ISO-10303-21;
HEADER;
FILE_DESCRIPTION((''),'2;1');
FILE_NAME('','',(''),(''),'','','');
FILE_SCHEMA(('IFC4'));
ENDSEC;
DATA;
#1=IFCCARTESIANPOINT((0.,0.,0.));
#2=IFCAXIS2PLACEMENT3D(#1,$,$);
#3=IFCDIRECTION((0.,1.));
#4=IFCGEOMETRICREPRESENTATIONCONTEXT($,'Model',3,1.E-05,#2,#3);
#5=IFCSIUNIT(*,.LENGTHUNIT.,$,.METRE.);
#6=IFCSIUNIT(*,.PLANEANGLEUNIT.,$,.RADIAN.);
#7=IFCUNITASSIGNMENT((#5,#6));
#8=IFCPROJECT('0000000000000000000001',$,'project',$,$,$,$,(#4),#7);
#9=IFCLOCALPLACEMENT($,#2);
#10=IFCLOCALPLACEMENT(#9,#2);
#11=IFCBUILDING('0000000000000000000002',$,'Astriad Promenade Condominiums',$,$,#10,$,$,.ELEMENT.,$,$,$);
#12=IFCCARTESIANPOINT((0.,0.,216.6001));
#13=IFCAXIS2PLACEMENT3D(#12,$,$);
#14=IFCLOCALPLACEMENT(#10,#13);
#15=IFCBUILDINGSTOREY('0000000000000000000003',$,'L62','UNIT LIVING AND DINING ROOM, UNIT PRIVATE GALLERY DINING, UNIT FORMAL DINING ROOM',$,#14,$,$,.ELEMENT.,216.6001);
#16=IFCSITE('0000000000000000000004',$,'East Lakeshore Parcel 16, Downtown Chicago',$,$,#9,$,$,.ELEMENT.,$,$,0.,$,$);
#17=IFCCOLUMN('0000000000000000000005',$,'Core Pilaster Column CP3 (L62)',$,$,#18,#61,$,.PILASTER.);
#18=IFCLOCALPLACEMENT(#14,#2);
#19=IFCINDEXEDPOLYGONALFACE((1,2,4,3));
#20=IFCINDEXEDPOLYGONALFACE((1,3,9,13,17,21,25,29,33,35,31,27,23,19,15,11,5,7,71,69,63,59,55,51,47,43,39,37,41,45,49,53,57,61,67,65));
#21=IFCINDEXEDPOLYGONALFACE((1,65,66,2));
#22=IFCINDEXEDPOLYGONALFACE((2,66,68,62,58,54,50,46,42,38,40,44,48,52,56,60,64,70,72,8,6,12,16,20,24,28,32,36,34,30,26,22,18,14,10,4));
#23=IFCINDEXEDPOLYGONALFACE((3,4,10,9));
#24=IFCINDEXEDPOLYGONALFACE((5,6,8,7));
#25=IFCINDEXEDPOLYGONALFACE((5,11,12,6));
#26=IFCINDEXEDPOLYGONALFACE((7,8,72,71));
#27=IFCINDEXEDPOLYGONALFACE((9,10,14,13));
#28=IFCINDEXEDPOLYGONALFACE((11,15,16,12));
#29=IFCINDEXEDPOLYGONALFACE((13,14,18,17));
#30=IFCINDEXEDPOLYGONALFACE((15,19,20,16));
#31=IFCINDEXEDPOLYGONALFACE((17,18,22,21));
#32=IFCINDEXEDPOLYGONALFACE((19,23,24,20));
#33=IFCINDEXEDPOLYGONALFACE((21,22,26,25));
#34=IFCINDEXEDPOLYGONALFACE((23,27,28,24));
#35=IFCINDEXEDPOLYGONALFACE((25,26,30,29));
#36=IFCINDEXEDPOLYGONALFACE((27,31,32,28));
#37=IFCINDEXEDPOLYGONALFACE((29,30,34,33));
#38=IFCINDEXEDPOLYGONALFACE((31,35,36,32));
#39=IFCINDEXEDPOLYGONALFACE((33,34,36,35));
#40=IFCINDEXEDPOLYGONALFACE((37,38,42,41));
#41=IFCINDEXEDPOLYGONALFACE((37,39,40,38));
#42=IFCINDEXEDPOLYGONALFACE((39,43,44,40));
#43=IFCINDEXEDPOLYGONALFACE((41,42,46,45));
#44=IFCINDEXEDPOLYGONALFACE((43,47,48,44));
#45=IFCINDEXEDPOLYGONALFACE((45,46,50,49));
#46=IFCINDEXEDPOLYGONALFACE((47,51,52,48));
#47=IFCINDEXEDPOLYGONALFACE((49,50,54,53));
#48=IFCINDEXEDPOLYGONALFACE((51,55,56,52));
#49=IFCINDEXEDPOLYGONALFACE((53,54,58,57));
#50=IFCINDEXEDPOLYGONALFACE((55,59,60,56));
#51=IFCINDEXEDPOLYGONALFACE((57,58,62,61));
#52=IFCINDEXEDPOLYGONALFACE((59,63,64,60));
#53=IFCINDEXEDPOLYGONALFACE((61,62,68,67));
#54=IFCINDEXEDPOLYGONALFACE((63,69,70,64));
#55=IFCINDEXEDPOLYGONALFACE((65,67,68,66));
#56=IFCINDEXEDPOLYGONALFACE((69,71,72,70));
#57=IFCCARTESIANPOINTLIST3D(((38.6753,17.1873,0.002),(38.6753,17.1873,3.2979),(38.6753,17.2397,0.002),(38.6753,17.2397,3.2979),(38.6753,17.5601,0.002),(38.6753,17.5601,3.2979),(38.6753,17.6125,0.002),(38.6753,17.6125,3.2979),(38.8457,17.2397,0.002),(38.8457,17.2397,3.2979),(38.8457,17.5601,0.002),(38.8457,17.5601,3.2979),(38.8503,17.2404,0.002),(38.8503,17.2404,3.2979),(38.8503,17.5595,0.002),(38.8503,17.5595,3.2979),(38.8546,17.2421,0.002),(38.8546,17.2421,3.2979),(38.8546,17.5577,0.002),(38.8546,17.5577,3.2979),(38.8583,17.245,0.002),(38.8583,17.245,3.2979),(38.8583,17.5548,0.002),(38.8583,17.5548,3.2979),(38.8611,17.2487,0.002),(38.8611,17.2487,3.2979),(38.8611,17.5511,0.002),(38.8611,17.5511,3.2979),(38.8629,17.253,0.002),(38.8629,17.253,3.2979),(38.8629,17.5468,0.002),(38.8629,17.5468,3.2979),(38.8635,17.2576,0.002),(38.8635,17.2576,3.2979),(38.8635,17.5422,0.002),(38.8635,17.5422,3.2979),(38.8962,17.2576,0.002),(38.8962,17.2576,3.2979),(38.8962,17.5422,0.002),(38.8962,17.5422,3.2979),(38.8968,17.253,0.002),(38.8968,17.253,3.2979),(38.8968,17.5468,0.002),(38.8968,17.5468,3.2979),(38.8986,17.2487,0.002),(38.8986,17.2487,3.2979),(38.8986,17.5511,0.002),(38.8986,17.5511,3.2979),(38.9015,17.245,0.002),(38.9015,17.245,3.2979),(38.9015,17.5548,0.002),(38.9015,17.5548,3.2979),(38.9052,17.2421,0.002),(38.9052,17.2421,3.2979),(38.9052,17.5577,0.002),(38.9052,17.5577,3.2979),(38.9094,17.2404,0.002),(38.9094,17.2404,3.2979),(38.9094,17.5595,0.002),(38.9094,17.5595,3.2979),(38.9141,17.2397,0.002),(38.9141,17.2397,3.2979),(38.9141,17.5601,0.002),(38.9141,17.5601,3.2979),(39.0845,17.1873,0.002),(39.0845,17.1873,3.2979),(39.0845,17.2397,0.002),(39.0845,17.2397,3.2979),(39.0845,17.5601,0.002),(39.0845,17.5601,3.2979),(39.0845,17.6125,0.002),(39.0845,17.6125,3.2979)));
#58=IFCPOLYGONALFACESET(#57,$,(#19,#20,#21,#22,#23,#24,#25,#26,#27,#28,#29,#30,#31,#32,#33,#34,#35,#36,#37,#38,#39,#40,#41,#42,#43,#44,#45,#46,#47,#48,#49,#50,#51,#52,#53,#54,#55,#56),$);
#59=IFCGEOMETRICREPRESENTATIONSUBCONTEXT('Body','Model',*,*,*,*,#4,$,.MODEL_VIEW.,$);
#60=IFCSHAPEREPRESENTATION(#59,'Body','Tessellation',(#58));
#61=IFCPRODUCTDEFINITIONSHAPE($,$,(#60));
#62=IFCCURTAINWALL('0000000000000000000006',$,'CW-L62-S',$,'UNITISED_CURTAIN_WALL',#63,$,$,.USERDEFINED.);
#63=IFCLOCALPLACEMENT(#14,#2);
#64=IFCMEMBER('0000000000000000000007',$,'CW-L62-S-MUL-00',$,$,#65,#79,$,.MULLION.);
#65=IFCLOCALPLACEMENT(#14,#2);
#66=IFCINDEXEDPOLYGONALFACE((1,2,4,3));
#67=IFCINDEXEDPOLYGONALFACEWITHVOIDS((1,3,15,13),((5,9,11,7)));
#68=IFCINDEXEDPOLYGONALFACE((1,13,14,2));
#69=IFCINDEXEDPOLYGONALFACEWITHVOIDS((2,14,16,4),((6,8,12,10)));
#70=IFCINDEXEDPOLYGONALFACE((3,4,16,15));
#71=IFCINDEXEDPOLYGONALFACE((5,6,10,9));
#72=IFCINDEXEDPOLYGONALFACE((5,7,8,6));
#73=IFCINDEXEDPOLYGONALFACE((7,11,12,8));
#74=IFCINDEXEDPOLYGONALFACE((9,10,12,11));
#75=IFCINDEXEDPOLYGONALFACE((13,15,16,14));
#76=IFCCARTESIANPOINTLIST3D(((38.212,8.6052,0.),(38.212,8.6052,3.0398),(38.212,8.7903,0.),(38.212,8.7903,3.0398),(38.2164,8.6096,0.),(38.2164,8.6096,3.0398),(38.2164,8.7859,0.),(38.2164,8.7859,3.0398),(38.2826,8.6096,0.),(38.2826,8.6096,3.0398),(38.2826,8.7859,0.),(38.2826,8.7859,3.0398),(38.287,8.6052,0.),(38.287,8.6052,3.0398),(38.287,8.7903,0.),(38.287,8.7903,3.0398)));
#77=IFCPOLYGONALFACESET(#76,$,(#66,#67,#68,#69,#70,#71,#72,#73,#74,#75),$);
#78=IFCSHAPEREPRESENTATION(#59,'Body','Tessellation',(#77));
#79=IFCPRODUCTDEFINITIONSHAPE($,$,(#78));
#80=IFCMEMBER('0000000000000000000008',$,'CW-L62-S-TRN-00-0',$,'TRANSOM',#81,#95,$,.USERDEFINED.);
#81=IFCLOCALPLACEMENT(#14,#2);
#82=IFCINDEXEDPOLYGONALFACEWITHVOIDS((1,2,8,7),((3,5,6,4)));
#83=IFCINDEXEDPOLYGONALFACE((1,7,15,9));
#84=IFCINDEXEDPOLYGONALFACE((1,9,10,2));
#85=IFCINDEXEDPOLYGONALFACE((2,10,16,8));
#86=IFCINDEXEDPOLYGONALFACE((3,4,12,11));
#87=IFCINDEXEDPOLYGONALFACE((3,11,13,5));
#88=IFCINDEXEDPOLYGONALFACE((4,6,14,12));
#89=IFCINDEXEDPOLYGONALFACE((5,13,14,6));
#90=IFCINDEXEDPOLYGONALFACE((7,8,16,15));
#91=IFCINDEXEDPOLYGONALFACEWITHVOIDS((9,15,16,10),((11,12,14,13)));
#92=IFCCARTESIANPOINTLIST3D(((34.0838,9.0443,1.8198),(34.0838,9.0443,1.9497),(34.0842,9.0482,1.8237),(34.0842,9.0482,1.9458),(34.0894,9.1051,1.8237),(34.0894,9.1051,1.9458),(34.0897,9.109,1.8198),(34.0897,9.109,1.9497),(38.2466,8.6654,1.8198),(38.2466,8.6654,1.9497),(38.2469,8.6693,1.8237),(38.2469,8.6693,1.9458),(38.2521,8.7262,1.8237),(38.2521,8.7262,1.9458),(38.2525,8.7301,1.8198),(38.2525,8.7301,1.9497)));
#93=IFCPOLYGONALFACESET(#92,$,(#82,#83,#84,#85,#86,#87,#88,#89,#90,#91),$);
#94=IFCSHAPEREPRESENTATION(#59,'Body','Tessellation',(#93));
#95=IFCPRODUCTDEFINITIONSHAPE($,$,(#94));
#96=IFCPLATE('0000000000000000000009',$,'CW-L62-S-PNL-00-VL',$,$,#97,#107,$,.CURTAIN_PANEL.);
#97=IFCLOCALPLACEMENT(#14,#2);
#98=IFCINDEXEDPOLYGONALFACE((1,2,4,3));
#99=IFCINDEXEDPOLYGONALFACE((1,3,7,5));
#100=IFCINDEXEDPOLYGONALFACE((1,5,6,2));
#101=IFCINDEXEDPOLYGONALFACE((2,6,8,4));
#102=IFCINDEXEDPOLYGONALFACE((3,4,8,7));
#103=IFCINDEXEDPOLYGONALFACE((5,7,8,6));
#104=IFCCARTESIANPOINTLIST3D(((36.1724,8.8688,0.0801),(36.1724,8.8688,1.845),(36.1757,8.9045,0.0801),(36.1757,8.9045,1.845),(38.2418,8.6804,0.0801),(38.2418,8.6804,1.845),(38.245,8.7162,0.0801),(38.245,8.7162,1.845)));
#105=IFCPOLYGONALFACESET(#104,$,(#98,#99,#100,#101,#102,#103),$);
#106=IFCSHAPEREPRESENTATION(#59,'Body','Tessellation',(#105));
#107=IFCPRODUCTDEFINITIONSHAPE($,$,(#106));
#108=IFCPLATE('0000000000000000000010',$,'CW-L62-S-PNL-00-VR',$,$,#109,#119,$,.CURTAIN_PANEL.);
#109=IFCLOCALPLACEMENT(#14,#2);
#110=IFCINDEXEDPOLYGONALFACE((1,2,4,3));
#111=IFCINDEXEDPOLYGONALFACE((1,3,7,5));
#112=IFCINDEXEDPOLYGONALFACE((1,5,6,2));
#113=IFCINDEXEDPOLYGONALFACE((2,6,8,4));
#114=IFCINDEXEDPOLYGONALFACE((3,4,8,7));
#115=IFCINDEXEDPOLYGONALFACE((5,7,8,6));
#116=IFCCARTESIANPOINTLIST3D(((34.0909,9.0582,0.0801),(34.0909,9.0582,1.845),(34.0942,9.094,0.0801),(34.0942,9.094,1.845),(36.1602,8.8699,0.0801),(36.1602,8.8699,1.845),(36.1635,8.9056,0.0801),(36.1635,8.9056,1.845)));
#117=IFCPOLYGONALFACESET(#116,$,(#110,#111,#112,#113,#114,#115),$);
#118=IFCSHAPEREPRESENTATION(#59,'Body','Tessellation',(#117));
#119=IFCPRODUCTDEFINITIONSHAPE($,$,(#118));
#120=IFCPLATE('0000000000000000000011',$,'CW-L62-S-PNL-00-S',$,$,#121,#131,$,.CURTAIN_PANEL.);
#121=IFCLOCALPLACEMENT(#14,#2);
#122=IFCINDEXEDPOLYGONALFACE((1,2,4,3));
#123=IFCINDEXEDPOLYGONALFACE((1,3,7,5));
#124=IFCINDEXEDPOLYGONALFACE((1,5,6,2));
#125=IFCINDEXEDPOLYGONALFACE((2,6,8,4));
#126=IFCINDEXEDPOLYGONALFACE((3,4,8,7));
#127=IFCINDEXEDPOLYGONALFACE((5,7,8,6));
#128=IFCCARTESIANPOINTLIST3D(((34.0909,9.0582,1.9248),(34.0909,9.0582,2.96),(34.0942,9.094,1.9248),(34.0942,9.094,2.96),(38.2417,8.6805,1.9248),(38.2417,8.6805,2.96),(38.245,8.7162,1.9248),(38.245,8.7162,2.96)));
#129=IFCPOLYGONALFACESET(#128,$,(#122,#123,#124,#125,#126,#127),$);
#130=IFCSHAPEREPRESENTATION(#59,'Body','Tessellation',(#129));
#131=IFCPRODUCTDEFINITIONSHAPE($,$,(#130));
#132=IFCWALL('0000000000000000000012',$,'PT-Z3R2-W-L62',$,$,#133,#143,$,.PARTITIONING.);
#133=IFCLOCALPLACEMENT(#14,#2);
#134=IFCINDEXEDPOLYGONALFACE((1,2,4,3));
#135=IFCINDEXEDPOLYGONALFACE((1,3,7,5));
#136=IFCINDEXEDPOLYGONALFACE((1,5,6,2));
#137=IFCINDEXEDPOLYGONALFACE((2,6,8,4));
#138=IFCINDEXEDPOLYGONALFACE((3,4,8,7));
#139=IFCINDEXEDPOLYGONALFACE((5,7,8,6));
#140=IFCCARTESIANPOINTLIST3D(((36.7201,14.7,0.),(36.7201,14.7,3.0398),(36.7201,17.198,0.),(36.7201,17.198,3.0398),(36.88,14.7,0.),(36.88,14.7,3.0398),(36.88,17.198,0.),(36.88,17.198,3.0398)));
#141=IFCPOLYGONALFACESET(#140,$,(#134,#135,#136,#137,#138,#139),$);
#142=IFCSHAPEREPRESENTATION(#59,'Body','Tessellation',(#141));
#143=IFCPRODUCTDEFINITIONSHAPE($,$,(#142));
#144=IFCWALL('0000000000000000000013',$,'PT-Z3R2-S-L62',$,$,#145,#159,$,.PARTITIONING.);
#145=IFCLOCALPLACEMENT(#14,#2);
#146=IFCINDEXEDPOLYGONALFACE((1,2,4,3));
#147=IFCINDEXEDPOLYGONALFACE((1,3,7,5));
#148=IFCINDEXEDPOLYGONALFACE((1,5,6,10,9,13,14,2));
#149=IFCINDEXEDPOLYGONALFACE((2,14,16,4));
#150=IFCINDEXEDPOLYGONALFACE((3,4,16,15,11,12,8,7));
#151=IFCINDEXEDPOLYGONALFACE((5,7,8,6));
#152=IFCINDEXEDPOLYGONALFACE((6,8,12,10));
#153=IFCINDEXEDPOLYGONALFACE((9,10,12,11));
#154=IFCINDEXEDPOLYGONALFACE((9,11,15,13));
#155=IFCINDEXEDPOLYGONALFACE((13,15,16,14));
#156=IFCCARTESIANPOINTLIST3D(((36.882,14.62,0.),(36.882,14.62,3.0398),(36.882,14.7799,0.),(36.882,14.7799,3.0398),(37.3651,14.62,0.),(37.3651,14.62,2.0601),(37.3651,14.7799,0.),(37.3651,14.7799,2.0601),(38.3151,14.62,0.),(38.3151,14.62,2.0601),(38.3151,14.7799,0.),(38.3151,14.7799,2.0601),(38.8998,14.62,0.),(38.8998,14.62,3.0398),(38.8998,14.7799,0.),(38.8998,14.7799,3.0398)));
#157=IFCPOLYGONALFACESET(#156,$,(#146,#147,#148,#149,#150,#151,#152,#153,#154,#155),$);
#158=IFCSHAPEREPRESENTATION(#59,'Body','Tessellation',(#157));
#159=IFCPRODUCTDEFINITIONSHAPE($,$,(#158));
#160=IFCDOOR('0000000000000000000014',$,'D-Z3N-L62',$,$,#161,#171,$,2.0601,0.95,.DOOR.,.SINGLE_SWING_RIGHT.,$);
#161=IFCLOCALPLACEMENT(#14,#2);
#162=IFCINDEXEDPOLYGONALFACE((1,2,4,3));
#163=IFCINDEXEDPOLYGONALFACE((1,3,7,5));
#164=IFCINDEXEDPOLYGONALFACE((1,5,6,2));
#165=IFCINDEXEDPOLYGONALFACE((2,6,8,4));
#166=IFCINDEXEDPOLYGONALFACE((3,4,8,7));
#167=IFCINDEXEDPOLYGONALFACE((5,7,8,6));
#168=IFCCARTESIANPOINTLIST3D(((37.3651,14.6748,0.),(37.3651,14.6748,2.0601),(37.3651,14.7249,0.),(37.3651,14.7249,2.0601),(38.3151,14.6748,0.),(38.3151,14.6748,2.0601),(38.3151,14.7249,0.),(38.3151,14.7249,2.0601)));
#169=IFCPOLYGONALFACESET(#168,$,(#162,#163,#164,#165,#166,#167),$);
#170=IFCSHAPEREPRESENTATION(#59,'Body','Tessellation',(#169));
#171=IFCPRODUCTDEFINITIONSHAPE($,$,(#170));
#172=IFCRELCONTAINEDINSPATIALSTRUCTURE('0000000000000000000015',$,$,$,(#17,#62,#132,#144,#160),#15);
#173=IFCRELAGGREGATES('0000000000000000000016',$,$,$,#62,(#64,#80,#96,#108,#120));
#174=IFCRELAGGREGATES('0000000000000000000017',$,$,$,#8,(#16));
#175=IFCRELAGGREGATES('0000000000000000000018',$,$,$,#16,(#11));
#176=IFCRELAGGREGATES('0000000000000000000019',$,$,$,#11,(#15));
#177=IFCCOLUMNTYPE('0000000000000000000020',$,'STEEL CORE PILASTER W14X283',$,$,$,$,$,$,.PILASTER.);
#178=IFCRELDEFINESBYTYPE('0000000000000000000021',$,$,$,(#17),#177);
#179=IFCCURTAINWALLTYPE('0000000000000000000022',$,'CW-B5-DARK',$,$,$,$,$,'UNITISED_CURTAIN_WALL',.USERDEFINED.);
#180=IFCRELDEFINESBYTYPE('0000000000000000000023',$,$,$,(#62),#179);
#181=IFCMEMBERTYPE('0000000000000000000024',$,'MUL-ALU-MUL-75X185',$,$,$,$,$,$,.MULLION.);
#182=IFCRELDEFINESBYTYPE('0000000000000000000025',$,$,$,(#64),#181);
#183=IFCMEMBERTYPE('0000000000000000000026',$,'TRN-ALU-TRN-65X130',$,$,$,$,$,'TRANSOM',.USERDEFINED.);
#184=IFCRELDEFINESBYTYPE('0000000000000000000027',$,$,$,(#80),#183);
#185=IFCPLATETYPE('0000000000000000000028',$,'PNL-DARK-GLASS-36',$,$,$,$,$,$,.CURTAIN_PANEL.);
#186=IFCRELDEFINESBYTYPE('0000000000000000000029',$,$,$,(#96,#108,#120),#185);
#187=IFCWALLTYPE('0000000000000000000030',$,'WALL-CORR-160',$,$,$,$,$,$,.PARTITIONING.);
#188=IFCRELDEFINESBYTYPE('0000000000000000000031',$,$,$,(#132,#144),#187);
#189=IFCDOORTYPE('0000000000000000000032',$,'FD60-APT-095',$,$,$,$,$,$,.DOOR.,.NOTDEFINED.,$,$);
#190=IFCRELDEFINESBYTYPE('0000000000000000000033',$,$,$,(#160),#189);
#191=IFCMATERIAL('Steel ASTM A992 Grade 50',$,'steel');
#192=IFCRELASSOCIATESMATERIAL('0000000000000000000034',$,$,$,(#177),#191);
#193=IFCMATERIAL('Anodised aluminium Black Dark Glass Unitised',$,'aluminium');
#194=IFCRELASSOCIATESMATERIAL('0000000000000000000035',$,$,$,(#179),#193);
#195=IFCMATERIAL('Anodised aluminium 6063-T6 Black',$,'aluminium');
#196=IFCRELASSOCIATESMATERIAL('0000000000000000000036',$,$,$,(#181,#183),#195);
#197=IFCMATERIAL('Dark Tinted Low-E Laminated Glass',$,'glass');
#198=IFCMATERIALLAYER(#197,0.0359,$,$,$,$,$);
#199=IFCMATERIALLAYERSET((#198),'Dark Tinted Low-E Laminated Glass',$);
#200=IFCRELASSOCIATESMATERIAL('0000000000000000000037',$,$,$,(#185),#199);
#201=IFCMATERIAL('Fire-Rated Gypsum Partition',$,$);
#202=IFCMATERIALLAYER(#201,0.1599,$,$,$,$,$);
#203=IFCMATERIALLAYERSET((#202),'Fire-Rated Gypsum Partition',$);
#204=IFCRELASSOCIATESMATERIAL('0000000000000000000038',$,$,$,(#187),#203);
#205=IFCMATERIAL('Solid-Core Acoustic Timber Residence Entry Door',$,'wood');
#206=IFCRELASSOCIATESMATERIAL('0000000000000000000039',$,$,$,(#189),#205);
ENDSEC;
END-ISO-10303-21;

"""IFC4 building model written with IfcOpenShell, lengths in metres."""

from ifc_helpers import new_model, si_unit, direction, frame, frame_2d, origin, origin_2d, place, context, subcontext, project, spatial, rectangle, hollow_rectangle, i_section, extrude, source, transform, mapped, material, layer, layer_set, material_profile, profile_set, type_object, type_shapes, element, fill, aggregate, save


model = new_model("IFC4")

# Units and contexts
model_context = context("Model", 3, precision=1e-05, world=origin(), true_north=direction((0.0, 1.0)))
body_context = subcontext(model_context, "Body", "Model", "MODEL_VIEW")
ifc_project = project(units=[si_unit("LENGTHUNIT", "METRE"), si_unit("PLANEANGLEUNIT", "RADIAN")], contexts=[model_context])

# Site, building, storey
site_placement = place(None, origin())
site = spatial("IfcSite", under=ifc_project, at=site_placement, Name="East Lakeshore Parcel 16, Downtown Chicago", CompositionType="ELEMENT", RefElevation=0.0)
building_placement = place(site_placement, origin())
building = spatial("IfcBuilding", under=site, at=building_placement, Name="Astriad Promenade Condominiums", CompositionType="ELEMENT")
storey_placement = place(building_placement, frame((0.0, 0.0, 216.6001)))
storey = spatial("IfcBuildingStorey", under=building, at=storey_placement, Name="L62", Description="UNIT LIVING AND DINING ROOM, UNIT PRIVATE GALLERY DINING, UNIT FORMAL DINING ROOM", CompositionType="ELEMENT", Elevation=216.6001)

# Column
ifc_material_1 = material(Name="Steel ASTM A992 Grade 50", Category="steel")
ifc_material_profile_1 = material_profile(ifc_material_1, i_section(OverallWidth=0.4092, OverallDepth=0.4253, WebThickness=0.0327, FlangeThickness=0.0525, FilletRadius=0.0178, at=origin_2d()), Name="W14X283")
ifc_profile_set_1 = profile_set([ifc_material_profile_1], Name="Steel ASTM A992 Grade 50")
column_type = type_object("IfcColumnType", Name="STEEL CORE PILASTER W14X283", PredefinedType="PILASTER", material=ifc_profile_set_1)
shared_shape_1 = source(origin(), body_context, "Body", "SweptSolid", [
    extrude(i_section(OverallWidth=0.4092, OverallDepth=0.4253, WebThickness=0.0327, FlangeThickness=0.0525, FilletRadius=0.0178, at=origin_2d()), origin(), (0.0, 0.0, 1.0), 3.2959),
])
type_shapes(column_type, [shared_shape_1])
column_placement = place(storey_placement, frame((38.8799, 17.3999, 0.002), z_axis=(0.0, 0.0, 1.0), x_axis=(1.0, 0.0, 0.0)))
element("IfcColumn", 1, at=column_placement, inside=storey, type_object=column_type, Name="Core Pilaster Column CP3 (L62)", PredefinedType="PILASTER", context=body_context, shape_type="MappedRepresentation", body=[
    mapped(shared_shape_1, transform((0.0, 0.0, 0.0), scale=1.0)),
])

# Curtain wall, members, plates
ifc_material_2 = material(Name="Anodised aluminium Black Dark Glass Unitised", Category="aluminium")
curtain_wall_type = type_object("IfcCurtainWallType", Name="CW-B5-DARK", ElementType="UNITISED_CURTAIN_WALL", PredefinedType="USERDEFINED", material=ifc_material_2)
curtain_wall_placement = place(storey_placement, origin())
curtain_wall = element("IfcCurtainWall", 2, at=curtain_wall_placement, inside=storey, type_object=curtain_wall_type, Name="CW-L62-S", ObjectType="UNITISED_CURTAIN_WALL", PredefinedType="USERDEFINED")
ifc_material_3 = material(Name="Anodised aluminium 6063-T6 Black", Category="aluminium")
ifc_material_profile_2 = material_profile(ifc_material_3, hollow_rectangle(XDim=0.075, YDim=0.1851, WallThickness=0.0044, at=origin_2d()), Name="ALU-MUL-75X185")
ifc_profile_set_2 = profile_set([ifc_material_profile_2], Name="Anodised aluminium 6063-T6 Black")
member_type_1 = type_object("IfcMemberType", Name="MUL-ALU-MUL-75X185", PredefinedType="MULLION", material=ifc_profile_set_2)
shared_shape_2 = source(origin(), body_context, "Body", "SweptSolid", [
    extrude(hollow_rectangle(XDim=0.075, YDim=0.1851, WallThickness=0.0044, at=origin_2d()), origin(), (0.0, 0.0, 1.0), 3.0398),
])
type_shapes(member_type_1, [shared_shape_2])
member_1_placement = place(storey_placement, frame((38.2495, 8.6978, 0.0), z_axis=(0.0, 0.0, 1.0), x_axis=(1.0, 0.0, 0.0)))
member_1 = element("IfcMember", 3, at=member_1_placement, type_object=member_type_1, Name="CW-L62-S-MUL-00", PredefinedType="MULLION", context=body_context, shape_type="MappedRepresentation", body=[
    mapped(shared_shape_2, transform((0.0, 0.0, 0.0), scale=1.0)),
])
ifc_material_profile_3 = material_profile(ifc_material_3, hollow_rectangle(XDim=0.0649, YDim=0.1299, WallThickness=0.0039, at=origin_2d()), Name="ALU-TRN-65X130")
ifc_profile_set_3 = profile_set([ifc_material_profile_3], Name="Anodised aluminium 6063-T6 Black")
member_type_2 = type_object("IfcMemberType", Name="TRN-ALU-TRN-65X130", ElementType="TRANSOM", PredefinedType="USERDEFINED", material=ifc_profile_set_3)
shared_shape_3 = source(origin(), body_context, "Body", "SweptSolid", [
    extrude(hollow_rectangle(XDim=0.0649, YDim=0.1299, WallThickness=0.0039, at=origin_2d()), origin(), (0.0, 0.0, 1.0), 4.1799),
])
type_shapes(member_type_2, [shared_shape_3])
member_2_placement = place(storey_placement, frame((38.2495, 8.6978, 1.8848), z_axis=(-0.995883, 0.090646, 0.0), x_axis=(-0.090646, -0.995883, 0.0)))
member_2 = element("IfcMember", 4, at=member_2_placement, type_object=member_type_2, Name="CW-L62-S-TRN-00-0", ObjectType="TRANSOM", PredefinedType="USERDEFINED", context=body_context, shape_type="MappedRepresentation", body=[
    mapped(shared_shape_3, transform((0.0, 0.0, 0.0), scale=1.0)),
])
ifc_material_4 = material(Name="Dark Tinted Low-E Laminated Glass", Category="glass")
ifc_layer_1 = layer(ifc_material_4, 0.0359)
ifc_layer_set_1 = layer_set([ifc_layer_1], Name="Dark Tinted Low-E Laminated Glass")
plate_type = type_object("IfcPlateType", Name="PNL-DARK-GLASS-36", PredefinedType="CURTAIN_PANEL", material=ifc_layer_set_1)
shared_shape_4 = source(origin(), body_context, "Body", "SweptSolid", [
    extrude(rectangle(XDim=2.0779, YDim=0.0359, at=origin_2d()), origin(), (0.0, 0.0, 1.0), 1.7649),
])
plate_1_placement = place(storey_placement, frame((37.2087, 8.7925, 0.0801), z_axis=(0.0, 0.0, 1.0), x_axis=(-0.995884, 0.090633, 0.0)))
plate_1 = element("IfcPlate", 5, at=plate_1_placement, type_object=plate_type, Name="CW-L62-S-PNL-00-VL", PredefinedType="CURTAIN_PANEL", context=body_context, shape_type="MappedRepresentation", body=[
    mapped(shared_shape_4, transform((0.0, 0.0, 0.0), scale=1.0)),
])
plate_2_placement = place(storey_placement, frame((35.1272, 8.9819, 0.0801), z_axis=(0.0, 0.0, 1.0), x_axis=(-0.995884, 0.090633, 0.0)))
plate_2 = element("IfcPlate", 6, at=plate_2_placement, type_object=plate_type, Name="CW-L62-S-PNL-00-VR", PredefinedType="CURTAIN_PANEL", context=body_context, shape_type="MappedRepresentation", body=[
    mapped(shared_shape_4, transform((0.0, 0.0, 0.0), scale=1.0)),
])
shared_shape_5 = source(origin(), body_context, "Body", "SweptSolid", [
    extrude(rectangle(XDim=4.168, YDim=0.0359, at=origin_2d()), origin(), (0.0, 0.0, 1.0), 1.0352),
])
type_shapes(plate_type, [shared_shape_4, shared_shape_5])
plate_3_placement = place(storey_placement, frame((36.168, 8.8872, 1.9248), z_axis=(0.0, 0.0, 1.0), x_axis=(-0.995884, 0.090633, 0.0)))
plate_3 = element("IfcPlate", 7, at=plate_3_placement, type_object=plate_type, Name="CW-L62-S-PNL-00-S", PredefinedType="CURTAIN_PANEL", context=body_context, shape_type="MappedRepresentation", body=[
    mapped(shared_shape_5, transform((0.0, 0.0, 0.0), scale=1.0)),
])
aggregate(curtain_wall, [member_1, member_2, plate_1, plate_2, plate_3])

# Wall
ifc_material_5 = material(Name="Fire-Rated Gypsum Partition")
ifc_layer_2 = layer(ifc_material_5, 0.1599)
ifc_layer_set_2 = layer_set([ifc_layer_2], Name="Fire-Rated Gypsum Partition")
wall_type_1 = type_object("IfcWallType", Name="WALL-CORR-160", PredefinedType="PARTITIONING", material=ifc_layer_set_2)
wall_1_placement = place(storey_placement, frame((36.8, 14.7, 0.0), z_axis=(0.0, 0.0, 1.0), x_axis=(0.0, 1.0, 0.0)))
element("IfcWall", 8, at=wall_1_placement, inside=storey, type_object=wall_type_1, Name="PT-Z3R2-W-L62", PredefinedType="PARTITIONING", context=body_context, shape_type="SweptSolid", body=[
    extrude(rectangle(XDim=2.498, YDim=0.1599, at=frame_2d((1.249, 0.0))), origin(), (0.0, 0.0, 1.0), 3.0398),
])

# Wall, opening, door
wall_2_placement = place(storey_placement, frame((36.8821, 14.7, 0.0), z_axis=(0.0, 0.0, 1.0), x_axis=(1.0, 0.0, 0.0)))
wall_2 = element("IfcWall", 9, at=wall_2_placement, inside=storey, type_object=wall_type_1, Name="PT-Z3R2-S-L62", PredefinedType="PARTITIONING", context=body_context, shape_type="SweptSolid", body=[
    extrude(rectangle(XDim=2.0178, YDim=0.1599, at=frame_2d((1.0088, 0.0))), origin(), (0.0, 0.0, 1.0), 3.0398),
])
opening_1_placement = place(wall_2_placement, frame((0.4829, 0.0, 0.0)))
opening_1 = element("IfcOpeningElement", 10, at=opening_1_placement, cuts=wall_2, PredefinedType="OPENING", context=body_context, shape_type="SweptSolid", body=[
    extrude(rectangle(XDim=0.95, YDim=2.0601, at=frame_2d((0.4751, 1.03))), frame((0.0, 0.0898, 0.0), z_axis=(0.0, -1.0, 0.0), x_axis=(1.0, 0.0, 0.0)), (0.0, 0.0, 1.0), 0.1799),
])
ifc_material_6 = material(Name="Solid-Core Acoustic Timber Residence Entry Door", Category="wood")
door_type_1 = type_object("IfcDoorType", Name="FD60-APT-095", OperationType="NOTDEFINED", PredefinedType="DOOR", material=ifc_material_6)
shared_shape_6 = source(origin(), body_context, "Body", "SweptSolid", [
    extrude(rectangle(XDim=0.95, YDim=2.0601, at=frame_2d((0.4751, 1.03))), frame((0.0, 0.0249, 0.0), z_axis=(0.0, -1.0, 0.0), x_axis=(1.0, 0.0, 0.0)), (0.0, 0.0, 1.0), 0.05),
])
type_shapes(door_type_1, [shared_shape_6])
door_1_placement = place(opening_1_placement, origin())
door_1 = element("IfcDoor", 11, at=door_1_placement, inside=storey, type_object=door_type_1, Name="D-Z3N-L62", OperationType="SINGLE_SWING_RIGHT", OverallHeight=2.0601, OverallWidth=0.95, PredefinedType="DOOR", context=body_context, shape_type="MappedRepresentation", body=[
    mapped(shared_shape_6, transform((0.0, 0.0, 0.0), scale=1.0)),
])
fill(opening_1, door_1)

save(model, "model.ifc")
